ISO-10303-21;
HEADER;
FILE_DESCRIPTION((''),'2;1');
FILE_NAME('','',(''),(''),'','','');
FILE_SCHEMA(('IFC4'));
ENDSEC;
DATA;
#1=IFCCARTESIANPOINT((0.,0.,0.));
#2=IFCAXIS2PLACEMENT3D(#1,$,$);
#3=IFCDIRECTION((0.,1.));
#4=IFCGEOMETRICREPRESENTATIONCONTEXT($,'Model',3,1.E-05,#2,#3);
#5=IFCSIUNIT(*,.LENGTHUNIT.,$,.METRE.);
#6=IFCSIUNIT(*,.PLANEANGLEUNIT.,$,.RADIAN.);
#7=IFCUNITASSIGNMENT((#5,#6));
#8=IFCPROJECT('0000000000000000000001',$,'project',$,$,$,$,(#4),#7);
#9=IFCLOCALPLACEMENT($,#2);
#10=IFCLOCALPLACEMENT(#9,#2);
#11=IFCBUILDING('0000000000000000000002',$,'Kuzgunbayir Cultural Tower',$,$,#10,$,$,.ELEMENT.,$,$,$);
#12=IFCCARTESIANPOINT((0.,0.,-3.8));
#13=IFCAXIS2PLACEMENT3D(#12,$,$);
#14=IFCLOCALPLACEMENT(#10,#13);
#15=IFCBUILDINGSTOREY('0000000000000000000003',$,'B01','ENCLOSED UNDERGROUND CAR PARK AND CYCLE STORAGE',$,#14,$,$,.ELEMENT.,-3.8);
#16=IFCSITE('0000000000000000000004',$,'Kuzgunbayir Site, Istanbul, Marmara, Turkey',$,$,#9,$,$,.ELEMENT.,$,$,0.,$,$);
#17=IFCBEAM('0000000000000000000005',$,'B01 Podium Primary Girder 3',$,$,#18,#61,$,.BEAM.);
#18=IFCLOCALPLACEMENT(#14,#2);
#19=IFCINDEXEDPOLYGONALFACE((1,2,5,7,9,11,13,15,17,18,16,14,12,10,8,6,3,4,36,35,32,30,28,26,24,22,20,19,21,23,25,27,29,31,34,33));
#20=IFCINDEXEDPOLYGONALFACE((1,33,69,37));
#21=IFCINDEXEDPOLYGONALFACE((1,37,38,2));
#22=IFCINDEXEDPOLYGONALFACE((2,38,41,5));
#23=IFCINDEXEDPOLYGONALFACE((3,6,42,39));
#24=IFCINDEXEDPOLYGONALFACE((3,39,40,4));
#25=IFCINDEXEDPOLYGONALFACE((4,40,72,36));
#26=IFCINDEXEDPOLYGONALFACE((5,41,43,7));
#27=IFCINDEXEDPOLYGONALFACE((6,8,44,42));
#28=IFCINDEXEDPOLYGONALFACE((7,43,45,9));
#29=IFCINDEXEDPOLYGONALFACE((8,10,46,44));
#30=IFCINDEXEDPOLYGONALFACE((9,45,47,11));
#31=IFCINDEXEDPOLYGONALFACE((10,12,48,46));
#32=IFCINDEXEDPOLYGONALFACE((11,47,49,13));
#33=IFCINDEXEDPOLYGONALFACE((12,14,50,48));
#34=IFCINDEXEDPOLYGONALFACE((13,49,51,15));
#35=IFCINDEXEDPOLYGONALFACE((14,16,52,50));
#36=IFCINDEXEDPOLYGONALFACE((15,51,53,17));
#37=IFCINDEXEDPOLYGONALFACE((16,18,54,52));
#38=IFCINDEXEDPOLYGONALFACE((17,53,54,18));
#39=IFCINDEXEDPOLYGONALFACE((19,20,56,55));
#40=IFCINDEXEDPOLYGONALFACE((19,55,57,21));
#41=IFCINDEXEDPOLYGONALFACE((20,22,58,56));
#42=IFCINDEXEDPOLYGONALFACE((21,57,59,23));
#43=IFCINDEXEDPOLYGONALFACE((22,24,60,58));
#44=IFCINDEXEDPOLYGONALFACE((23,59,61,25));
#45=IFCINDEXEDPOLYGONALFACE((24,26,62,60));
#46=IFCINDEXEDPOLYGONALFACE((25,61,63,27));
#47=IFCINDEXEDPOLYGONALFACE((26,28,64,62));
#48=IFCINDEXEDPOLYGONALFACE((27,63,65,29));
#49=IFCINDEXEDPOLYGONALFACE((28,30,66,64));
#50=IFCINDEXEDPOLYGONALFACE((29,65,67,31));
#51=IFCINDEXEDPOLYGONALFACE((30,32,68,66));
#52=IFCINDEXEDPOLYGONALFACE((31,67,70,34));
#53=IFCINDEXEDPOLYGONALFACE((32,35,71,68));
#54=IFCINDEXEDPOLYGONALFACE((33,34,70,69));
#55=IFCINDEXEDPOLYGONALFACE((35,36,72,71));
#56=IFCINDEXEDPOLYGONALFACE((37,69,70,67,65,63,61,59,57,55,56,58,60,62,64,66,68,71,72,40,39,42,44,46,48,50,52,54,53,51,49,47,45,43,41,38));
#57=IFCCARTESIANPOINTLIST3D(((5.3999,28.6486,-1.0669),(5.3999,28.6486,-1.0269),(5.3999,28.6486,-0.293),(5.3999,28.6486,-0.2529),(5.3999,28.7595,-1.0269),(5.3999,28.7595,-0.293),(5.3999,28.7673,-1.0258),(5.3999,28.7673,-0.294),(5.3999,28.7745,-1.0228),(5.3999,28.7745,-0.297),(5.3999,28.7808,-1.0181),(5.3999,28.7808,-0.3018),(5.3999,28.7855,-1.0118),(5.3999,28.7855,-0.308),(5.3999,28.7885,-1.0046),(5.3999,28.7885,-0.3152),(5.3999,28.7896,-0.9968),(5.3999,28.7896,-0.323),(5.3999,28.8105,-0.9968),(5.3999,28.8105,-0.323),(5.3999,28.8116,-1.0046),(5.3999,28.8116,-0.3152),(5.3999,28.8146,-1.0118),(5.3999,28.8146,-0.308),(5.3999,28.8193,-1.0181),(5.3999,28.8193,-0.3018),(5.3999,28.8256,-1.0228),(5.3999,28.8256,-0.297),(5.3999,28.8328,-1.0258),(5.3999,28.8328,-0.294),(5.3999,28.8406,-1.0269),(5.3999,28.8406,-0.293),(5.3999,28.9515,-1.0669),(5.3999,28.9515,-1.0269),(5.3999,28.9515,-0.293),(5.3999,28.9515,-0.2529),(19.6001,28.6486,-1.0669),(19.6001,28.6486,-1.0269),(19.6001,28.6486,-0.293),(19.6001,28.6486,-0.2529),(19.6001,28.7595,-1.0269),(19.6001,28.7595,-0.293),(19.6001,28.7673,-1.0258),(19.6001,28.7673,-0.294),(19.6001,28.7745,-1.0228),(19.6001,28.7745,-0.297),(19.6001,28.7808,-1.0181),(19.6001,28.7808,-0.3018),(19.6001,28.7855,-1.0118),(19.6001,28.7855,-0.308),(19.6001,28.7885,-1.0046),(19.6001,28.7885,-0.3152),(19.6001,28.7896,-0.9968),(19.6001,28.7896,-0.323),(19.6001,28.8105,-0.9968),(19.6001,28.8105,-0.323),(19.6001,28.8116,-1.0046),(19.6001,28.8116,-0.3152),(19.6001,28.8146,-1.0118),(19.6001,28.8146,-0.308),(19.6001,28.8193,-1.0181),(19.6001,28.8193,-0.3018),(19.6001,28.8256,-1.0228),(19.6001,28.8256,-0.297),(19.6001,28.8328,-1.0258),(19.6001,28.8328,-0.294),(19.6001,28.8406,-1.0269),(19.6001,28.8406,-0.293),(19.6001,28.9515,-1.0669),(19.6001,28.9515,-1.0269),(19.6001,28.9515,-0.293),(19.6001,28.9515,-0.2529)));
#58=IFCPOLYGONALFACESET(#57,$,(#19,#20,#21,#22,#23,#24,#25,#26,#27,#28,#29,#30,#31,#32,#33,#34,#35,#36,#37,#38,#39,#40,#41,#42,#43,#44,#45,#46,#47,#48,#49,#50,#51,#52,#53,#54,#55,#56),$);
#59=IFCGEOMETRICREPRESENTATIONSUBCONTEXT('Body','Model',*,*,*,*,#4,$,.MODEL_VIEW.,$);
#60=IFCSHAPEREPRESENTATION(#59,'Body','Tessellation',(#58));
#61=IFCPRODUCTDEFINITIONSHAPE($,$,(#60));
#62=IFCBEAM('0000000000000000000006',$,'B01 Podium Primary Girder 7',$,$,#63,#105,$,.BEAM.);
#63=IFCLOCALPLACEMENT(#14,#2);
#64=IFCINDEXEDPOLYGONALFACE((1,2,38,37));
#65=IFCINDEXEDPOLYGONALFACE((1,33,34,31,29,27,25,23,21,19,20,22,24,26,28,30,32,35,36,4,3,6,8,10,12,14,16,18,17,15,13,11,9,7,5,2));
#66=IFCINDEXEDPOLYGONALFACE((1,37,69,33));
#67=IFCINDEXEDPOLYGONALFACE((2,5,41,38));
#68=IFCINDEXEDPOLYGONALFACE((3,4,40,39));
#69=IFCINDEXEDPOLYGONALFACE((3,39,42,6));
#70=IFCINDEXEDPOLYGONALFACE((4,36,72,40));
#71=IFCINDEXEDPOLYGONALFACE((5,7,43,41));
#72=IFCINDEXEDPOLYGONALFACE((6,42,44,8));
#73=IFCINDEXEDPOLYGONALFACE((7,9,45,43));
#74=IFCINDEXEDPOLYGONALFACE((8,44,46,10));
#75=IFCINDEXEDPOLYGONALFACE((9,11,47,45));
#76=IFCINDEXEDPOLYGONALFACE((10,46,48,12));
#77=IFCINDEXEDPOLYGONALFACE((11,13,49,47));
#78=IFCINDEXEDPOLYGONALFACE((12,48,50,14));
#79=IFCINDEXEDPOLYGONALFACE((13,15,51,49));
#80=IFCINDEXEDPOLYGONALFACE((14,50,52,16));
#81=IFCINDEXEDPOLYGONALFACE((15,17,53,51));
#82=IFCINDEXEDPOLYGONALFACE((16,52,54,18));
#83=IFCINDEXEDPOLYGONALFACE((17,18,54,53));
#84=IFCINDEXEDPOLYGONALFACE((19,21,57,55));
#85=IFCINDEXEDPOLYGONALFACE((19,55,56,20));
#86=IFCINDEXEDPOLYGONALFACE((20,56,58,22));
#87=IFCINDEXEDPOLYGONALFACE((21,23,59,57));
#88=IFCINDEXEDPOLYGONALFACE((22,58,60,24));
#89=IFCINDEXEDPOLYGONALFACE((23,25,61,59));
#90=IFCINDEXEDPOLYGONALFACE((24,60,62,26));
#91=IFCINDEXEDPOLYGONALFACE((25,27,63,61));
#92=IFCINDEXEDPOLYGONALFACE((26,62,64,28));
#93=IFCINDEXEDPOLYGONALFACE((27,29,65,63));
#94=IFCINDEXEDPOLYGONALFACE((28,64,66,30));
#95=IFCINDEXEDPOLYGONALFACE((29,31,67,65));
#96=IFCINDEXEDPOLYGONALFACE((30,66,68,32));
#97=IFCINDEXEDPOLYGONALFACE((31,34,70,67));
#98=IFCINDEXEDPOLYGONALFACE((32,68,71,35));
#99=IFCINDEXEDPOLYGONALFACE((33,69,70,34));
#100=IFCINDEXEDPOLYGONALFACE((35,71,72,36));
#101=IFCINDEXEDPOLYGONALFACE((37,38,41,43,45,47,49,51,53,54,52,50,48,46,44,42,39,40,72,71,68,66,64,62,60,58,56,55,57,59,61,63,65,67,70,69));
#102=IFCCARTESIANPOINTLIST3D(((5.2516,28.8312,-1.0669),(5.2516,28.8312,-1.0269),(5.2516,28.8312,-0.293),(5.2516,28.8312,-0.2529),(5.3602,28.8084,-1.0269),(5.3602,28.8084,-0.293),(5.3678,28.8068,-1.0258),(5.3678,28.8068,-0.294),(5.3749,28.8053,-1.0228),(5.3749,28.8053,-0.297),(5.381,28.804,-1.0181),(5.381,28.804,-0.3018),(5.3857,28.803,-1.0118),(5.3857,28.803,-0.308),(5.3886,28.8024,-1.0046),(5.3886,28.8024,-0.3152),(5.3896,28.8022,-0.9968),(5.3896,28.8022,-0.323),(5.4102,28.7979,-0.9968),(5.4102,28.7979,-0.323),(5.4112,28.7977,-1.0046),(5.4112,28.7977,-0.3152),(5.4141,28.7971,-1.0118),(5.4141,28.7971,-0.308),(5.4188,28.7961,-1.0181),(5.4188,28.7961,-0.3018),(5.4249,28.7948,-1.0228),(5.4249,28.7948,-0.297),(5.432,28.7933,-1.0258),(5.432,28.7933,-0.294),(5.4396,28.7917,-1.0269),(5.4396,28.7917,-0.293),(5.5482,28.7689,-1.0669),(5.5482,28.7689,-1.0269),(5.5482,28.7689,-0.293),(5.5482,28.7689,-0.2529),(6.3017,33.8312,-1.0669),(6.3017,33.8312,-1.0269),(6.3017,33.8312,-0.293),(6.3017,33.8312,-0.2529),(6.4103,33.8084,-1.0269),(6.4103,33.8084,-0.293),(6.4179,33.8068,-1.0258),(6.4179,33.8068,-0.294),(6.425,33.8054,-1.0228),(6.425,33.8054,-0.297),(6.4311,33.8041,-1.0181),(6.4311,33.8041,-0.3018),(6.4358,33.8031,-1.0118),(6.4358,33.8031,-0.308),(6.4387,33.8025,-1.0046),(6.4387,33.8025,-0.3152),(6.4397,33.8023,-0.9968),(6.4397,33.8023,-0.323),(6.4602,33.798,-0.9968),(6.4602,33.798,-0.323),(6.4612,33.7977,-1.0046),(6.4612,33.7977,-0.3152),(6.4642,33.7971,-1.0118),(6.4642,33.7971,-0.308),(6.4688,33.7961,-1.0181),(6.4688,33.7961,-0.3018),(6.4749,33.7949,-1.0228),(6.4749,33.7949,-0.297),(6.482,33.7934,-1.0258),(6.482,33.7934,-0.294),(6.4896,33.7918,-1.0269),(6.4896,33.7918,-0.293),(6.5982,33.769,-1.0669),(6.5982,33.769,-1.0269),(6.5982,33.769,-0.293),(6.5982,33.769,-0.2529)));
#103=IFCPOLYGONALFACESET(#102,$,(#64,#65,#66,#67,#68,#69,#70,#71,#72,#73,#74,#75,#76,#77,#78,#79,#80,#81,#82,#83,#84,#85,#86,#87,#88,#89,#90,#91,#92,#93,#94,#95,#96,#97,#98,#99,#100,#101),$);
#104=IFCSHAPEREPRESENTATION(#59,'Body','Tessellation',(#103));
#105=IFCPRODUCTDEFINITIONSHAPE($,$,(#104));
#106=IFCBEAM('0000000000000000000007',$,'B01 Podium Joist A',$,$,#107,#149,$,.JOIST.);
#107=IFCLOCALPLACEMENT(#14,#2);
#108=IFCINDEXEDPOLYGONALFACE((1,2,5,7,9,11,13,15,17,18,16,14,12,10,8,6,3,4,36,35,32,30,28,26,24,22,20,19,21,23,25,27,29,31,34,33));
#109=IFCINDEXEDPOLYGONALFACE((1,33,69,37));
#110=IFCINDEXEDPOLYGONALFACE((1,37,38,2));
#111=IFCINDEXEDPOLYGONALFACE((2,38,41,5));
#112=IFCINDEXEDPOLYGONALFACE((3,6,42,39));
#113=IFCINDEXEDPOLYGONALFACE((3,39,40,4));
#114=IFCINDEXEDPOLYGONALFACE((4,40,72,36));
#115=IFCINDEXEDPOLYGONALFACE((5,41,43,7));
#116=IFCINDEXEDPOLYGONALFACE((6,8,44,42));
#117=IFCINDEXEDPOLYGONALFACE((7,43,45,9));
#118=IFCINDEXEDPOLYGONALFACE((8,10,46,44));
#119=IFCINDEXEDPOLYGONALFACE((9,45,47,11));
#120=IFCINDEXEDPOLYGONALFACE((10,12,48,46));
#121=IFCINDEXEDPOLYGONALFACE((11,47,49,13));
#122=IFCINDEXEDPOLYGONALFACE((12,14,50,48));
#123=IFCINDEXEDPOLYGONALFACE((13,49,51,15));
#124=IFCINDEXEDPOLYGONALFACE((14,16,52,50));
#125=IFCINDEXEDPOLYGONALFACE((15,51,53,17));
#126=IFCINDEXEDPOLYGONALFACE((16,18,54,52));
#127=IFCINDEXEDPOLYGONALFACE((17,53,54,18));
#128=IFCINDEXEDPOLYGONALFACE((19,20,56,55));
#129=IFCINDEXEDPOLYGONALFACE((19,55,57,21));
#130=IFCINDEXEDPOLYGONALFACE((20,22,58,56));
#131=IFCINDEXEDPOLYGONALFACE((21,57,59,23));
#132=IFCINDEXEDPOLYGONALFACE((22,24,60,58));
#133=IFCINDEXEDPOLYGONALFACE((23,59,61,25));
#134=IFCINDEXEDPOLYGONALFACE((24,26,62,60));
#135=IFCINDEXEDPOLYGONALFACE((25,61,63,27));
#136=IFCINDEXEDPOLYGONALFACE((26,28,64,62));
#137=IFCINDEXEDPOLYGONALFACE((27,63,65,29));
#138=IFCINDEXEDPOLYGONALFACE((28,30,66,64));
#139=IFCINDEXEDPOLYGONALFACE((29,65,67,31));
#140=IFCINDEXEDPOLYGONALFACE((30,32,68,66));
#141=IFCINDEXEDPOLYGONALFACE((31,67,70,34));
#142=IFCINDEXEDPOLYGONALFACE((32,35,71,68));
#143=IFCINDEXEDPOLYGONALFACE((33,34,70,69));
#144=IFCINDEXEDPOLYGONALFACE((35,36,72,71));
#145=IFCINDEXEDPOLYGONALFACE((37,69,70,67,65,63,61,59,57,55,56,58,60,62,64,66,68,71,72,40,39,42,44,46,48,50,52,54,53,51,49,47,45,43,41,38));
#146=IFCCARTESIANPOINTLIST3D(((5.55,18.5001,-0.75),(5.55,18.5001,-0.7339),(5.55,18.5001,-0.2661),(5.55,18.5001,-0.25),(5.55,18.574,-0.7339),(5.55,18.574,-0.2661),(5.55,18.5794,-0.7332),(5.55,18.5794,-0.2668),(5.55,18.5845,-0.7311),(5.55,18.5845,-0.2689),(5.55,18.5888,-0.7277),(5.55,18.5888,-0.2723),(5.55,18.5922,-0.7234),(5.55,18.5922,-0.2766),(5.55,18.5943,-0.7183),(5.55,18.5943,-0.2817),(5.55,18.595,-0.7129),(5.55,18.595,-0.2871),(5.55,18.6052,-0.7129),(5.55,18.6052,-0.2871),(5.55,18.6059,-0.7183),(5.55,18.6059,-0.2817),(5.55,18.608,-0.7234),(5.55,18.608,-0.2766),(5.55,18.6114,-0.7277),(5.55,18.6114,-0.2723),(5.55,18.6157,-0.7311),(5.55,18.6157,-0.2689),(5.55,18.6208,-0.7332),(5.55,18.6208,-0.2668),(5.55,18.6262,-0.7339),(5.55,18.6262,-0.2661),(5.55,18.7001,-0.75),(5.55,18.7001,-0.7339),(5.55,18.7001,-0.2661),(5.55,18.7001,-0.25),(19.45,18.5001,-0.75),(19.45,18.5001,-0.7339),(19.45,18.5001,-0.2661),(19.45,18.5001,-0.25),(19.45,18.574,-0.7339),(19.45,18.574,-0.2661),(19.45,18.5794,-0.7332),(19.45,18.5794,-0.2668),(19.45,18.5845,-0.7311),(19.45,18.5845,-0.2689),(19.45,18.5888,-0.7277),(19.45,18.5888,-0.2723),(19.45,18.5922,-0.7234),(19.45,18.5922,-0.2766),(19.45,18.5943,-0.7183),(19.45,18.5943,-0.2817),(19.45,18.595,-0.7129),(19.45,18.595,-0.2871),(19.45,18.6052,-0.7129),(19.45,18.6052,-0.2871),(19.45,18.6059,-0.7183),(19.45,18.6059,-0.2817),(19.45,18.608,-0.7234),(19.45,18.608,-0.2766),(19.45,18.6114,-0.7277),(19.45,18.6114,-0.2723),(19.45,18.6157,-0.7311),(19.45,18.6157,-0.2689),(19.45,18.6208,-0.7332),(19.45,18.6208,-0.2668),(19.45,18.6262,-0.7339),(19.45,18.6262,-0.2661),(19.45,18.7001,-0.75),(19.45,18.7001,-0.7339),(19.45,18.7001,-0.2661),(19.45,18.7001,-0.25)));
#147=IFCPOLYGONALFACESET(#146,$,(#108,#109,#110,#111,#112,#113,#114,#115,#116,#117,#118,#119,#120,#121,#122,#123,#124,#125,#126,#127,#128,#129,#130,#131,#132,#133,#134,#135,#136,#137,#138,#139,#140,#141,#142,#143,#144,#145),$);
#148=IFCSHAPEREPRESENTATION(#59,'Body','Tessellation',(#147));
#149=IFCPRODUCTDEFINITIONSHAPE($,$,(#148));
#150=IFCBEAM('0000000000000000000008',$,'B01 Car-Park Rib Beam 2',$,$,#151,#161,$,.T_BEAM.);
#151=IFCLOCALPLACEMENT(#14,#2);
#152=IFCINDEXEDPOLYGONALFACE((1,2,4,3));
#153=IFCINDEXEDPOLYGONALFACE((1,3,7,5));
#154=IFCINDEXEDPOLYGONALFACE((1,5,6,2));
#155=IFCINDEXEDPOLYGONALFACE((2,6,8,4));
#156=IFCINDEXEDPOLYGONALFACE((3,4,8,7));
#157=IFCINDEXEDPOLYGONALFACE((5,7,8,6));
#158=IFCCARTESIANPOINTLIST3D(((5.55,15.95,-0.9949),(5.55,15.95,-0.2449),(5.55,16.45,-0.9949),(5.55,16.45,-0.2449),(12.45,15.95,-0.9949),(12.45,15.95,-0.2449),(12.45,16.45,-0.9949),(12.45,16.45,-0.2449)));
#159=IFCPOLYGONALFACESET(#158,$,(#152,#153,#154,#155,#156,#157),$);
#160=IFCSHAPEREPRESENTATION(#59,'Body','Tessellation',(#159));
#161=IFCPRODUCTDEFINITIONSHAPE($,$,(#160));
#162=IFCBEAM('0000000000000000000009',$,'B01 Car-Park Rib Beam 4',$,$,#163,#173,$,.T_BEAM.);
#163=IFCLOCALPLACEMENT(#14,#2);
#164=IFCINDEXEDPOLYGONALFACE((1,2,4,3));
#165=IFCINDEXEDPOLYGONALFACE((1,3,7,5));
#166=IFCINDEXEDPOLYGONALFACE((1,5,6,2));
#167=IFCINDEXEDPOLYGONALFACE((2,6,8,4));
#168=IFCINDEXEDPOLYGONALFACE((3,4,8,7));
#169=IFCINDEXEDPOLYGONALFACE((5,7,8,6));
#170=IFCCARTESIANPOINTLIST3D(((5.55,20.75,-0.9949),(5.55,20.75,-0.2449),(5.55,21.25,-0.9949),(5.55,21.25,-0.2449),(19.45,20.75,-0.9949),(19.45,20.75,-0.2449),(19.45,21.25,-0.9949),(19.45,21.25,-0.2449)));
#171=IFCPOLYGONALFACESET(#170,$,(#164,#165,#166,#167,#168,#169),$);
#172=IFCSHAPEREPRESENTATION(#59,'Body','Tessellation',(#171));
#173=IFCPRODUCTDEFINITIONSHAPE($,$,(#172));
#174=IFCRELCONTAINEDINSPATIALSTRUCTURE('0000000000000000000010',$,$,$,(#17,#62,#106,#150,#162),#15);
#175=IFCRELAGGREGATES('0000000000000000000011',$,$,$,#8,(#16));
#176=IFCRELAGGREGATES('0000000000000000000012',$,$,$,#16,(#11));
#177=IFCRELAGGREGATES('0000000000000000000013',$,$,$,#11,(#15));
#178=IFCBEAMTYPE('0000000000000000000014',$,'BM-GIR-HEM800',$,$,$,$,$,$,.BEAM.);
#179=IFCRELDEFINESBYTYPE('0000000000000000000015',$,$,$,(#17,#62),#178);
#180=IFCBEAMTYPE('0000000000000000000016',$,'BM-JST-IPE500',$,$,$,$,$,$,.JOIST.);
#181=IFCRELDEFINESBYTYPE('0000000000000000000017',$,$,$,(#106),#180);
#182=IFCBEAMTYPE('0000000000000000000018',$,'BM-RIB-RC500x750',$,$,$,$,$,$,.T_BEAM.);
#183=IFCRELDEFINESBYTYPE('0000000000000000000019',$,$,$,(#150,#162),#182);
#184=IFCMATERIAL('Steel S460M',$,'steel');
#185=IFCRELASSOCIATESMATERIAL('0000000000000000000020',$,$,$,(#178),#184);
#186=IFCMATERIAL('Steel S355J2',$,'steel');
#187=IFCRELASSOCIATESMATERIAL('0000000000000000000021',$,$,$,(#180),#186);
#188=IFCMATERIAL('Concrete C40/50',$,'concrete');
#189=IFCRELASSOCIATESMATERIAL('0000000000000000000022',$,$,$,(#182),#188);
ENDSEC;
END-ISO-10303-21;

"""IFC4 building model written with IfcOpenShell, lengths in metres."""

from ifc_helpers import new_model, si_unit, direction, frame, origin, origin_2d, place, context, subcontext, project, spatial, rectangle, i_section, extrude, material, material_profile, profile_set, type_object, element, save


model = new_model("IFC4")

# Units and contexts
model_context = context("Model", 3, precision=1e-05, world=origin(), true_north=direction((0.0, 1.0)))
body_context = subcontext(model_context, "Body", "Model", "MODEL_VIEW")
ifc_project = project(units=[si_unit("LENGTHUNIT", "METRE"), si_unit("PLANEANGLEUNIT", "RADIAN")], contexts=[model_context])

# Site, building, storey
site_placement = place(None, origin())
site = spatial("IfcSite", under=ifc_project, at=site_placement, Name="Kuzgunbayir Site, Istanbul, Marmara, Turkey", CompositionType="ELEMENT", RefElevation=0.0)
building_placement = place(site_placement, origin())
building = spatial("IfcBuilding", under=site, at=building_placement, Name="Kuzgunbayir Cultural Tower", CompositionType="ELEMENT")
storey_placement = place(building_placement, frame((0.0, 0.0, -3.8)))
storey = spatial("IfcBuildingStorey", under=building, at=storey_placement, Name="B01", Description="ENCLOSED UNDERGROUND CAR PARK AND CYCLE STORAGE", CompositionType="ELEMENT", Elevation=-3.8)

# Shared definitions
ifc_material_1 = material(Name="Concrete C40/50", Category="concrete")

# Beams
ifc_material_2 = material(Name="Steel S460M", Category="steel")
ifc_material_profile_1 = material_profile(ifc_material_2, i_section(OverallWidth=0.303, OverallDepth=0.814, WebThickness=0.021, FlangeThickness=0.04, FilletRadius=0.03, at=origin_2d()), Name="HEM 800")
ifc_profile_set_1 = profile_set([ifc_material_profile_1], Name="Steel S460M")
beam_type_1 = type_object("IfcBeamType", Name="BM-GIR-HEM800", PredefinedType="BEAM", material=ifc_profile_set_1)
beam_1_placement = place(storey_placement, frame((5.3999, 28.8, -0.6599), z_axis=(1.0, 0.0, 0.0), x_axis=(0.0, 1.0, 0.0)))
element("IfcBeam", 1, at=beam_1_placement, inside=storey, type_object=beam_type_1, Name="B01 Podium Primary Girder 3", PredefinedType="BEAM", context=body_context, shape_type="SweptSolid", body=[
    extrude(i_section(OverallWidth=0.303, OverallDepth=0.814, WebThickness=0.021, FlangeThickness=0.04, FilletRadius=0.03, at=origin_2d()), origin(), (0.0, 0.0, 1.0), 14.2002),
])
beam_2_placement = place(storey_placement, frame((5.3999, 28.8, -0.6599), z_axis=(0.205526, 0.978652, 0.0), x_axis=(-0.978652, 0.205526, 0.0)))
element("IfcBeam", 2, at=beam_2_placement, inside=storey, type_object=beam_type_1, Name="B01 Podium Primary Girder 7", PredefinedType="BEAM", context=body_context, shape_type="SweptSolid", body=[
    extrude(i_section(OverallWidth=0.303, OverallDepth=0.814, WebThickness=0.021, FlangeThickness=0.04, FilletRadius=0.03, at=origin_2d()), origin(), (0.0, 0.0, 1.0), 5.1091),
])
ifc_material_3 = material(Name="Steel S355J2", Category="steel")
ifc_material_profile_2 = material_profile(ifc_material_3, i_section(OverallWidth=0.2, OverallDepth=0.5, WebThickness=0.0103, FlangeThickness=0.0161, FilletRadius=0.021, at=origin_2d()), Name="IPE 500")
ifc_profile_set_2 = profile_set([ifc_material_profile_2], Name="Steel S355J2")
beam_type_2 = type_object("IfcBeamType", Name="BM-JST-IPE500", PredefinedType="JOIST", material=ifc_profile_set_2)
beam_3_placement = place(storey_placement, frame((5.55, 18.6001, -0.5), z_axis=(1.0, 0.0, 0.0), x_axis=(0.0, 1.0, 0.0)))
element("IfcBeam", 3, at=beam_3_placement, inside=storey, type_object=beam_type_2, Name="B01 Podium Joist A", PredefinedType="JOIST", context=body_context, shape_type="SweptSolid", body=[
    extrude(i_section(OverallWidth=0.2, OverallDepth=0.5, WebThickness=0.0103, FlangeThickness=0.0161, FilletRadius=0.021, at=origin_2d()), origin(), (0.0, 0.0, 1.0), 13.8999),
])
ifc_material_profile_3 = material_profile(ifc_material_1, rectangle(XDim=0.5, YDim=0.75, at=origin_2d()), Name="RC 500x750")
ifc_profile_set_3 = profile_set([ifc_material_profile_3], Name="Concrete C40/50")
beam_type_3 = type_object("IfcBeamType", Name="BM-RIB-RC500x750", PredefinedType="T_BEAM", material=ifc_profile_set_3)
beam_4_placement = place(storey_placement, frame((5.55, 16.2, -0.6199), z_axis=(1.0, 0.0, 0.0), x_axis=(0.0, 1.0, 0.0)))
element("IfcBeam", 4, at=beam_4_placement, inside=storey, type_object=beam_type_3, Name="B01 Car-Park Rib Beam 2", PredefinedType="T_BEAM", context=body_context, shape_type="SweptSolid", body=[
    extrude(rectangle(XDim=0.5, YDim=0.75, at=origin_2d()), origin(), (0.0, 0.0, 1.0), 6.8999),
])
beam_5_placement = place(storey_placement, frame((5.55, 21.0, -0.6199), z_axis=(1.0, 0.0, 0.0), x_axis=(0.0, 1.0, 0.0)))
element("IfcBeam", 5, at=beam_5_placement, inside=storey, type_object=beam_type_3, Name="B01 Car-Park Rib Beam 4", PredefinedType="T_BEAM", context=body_context, shape_type="SweptSolid", body=[
    extrude(rectangle(XDim=0.5, YDim=0.75, at=origin_2d()), origin(), (0.0, 0.0, 1.0), 13.8999),
])

save(model, "model.ifc")
